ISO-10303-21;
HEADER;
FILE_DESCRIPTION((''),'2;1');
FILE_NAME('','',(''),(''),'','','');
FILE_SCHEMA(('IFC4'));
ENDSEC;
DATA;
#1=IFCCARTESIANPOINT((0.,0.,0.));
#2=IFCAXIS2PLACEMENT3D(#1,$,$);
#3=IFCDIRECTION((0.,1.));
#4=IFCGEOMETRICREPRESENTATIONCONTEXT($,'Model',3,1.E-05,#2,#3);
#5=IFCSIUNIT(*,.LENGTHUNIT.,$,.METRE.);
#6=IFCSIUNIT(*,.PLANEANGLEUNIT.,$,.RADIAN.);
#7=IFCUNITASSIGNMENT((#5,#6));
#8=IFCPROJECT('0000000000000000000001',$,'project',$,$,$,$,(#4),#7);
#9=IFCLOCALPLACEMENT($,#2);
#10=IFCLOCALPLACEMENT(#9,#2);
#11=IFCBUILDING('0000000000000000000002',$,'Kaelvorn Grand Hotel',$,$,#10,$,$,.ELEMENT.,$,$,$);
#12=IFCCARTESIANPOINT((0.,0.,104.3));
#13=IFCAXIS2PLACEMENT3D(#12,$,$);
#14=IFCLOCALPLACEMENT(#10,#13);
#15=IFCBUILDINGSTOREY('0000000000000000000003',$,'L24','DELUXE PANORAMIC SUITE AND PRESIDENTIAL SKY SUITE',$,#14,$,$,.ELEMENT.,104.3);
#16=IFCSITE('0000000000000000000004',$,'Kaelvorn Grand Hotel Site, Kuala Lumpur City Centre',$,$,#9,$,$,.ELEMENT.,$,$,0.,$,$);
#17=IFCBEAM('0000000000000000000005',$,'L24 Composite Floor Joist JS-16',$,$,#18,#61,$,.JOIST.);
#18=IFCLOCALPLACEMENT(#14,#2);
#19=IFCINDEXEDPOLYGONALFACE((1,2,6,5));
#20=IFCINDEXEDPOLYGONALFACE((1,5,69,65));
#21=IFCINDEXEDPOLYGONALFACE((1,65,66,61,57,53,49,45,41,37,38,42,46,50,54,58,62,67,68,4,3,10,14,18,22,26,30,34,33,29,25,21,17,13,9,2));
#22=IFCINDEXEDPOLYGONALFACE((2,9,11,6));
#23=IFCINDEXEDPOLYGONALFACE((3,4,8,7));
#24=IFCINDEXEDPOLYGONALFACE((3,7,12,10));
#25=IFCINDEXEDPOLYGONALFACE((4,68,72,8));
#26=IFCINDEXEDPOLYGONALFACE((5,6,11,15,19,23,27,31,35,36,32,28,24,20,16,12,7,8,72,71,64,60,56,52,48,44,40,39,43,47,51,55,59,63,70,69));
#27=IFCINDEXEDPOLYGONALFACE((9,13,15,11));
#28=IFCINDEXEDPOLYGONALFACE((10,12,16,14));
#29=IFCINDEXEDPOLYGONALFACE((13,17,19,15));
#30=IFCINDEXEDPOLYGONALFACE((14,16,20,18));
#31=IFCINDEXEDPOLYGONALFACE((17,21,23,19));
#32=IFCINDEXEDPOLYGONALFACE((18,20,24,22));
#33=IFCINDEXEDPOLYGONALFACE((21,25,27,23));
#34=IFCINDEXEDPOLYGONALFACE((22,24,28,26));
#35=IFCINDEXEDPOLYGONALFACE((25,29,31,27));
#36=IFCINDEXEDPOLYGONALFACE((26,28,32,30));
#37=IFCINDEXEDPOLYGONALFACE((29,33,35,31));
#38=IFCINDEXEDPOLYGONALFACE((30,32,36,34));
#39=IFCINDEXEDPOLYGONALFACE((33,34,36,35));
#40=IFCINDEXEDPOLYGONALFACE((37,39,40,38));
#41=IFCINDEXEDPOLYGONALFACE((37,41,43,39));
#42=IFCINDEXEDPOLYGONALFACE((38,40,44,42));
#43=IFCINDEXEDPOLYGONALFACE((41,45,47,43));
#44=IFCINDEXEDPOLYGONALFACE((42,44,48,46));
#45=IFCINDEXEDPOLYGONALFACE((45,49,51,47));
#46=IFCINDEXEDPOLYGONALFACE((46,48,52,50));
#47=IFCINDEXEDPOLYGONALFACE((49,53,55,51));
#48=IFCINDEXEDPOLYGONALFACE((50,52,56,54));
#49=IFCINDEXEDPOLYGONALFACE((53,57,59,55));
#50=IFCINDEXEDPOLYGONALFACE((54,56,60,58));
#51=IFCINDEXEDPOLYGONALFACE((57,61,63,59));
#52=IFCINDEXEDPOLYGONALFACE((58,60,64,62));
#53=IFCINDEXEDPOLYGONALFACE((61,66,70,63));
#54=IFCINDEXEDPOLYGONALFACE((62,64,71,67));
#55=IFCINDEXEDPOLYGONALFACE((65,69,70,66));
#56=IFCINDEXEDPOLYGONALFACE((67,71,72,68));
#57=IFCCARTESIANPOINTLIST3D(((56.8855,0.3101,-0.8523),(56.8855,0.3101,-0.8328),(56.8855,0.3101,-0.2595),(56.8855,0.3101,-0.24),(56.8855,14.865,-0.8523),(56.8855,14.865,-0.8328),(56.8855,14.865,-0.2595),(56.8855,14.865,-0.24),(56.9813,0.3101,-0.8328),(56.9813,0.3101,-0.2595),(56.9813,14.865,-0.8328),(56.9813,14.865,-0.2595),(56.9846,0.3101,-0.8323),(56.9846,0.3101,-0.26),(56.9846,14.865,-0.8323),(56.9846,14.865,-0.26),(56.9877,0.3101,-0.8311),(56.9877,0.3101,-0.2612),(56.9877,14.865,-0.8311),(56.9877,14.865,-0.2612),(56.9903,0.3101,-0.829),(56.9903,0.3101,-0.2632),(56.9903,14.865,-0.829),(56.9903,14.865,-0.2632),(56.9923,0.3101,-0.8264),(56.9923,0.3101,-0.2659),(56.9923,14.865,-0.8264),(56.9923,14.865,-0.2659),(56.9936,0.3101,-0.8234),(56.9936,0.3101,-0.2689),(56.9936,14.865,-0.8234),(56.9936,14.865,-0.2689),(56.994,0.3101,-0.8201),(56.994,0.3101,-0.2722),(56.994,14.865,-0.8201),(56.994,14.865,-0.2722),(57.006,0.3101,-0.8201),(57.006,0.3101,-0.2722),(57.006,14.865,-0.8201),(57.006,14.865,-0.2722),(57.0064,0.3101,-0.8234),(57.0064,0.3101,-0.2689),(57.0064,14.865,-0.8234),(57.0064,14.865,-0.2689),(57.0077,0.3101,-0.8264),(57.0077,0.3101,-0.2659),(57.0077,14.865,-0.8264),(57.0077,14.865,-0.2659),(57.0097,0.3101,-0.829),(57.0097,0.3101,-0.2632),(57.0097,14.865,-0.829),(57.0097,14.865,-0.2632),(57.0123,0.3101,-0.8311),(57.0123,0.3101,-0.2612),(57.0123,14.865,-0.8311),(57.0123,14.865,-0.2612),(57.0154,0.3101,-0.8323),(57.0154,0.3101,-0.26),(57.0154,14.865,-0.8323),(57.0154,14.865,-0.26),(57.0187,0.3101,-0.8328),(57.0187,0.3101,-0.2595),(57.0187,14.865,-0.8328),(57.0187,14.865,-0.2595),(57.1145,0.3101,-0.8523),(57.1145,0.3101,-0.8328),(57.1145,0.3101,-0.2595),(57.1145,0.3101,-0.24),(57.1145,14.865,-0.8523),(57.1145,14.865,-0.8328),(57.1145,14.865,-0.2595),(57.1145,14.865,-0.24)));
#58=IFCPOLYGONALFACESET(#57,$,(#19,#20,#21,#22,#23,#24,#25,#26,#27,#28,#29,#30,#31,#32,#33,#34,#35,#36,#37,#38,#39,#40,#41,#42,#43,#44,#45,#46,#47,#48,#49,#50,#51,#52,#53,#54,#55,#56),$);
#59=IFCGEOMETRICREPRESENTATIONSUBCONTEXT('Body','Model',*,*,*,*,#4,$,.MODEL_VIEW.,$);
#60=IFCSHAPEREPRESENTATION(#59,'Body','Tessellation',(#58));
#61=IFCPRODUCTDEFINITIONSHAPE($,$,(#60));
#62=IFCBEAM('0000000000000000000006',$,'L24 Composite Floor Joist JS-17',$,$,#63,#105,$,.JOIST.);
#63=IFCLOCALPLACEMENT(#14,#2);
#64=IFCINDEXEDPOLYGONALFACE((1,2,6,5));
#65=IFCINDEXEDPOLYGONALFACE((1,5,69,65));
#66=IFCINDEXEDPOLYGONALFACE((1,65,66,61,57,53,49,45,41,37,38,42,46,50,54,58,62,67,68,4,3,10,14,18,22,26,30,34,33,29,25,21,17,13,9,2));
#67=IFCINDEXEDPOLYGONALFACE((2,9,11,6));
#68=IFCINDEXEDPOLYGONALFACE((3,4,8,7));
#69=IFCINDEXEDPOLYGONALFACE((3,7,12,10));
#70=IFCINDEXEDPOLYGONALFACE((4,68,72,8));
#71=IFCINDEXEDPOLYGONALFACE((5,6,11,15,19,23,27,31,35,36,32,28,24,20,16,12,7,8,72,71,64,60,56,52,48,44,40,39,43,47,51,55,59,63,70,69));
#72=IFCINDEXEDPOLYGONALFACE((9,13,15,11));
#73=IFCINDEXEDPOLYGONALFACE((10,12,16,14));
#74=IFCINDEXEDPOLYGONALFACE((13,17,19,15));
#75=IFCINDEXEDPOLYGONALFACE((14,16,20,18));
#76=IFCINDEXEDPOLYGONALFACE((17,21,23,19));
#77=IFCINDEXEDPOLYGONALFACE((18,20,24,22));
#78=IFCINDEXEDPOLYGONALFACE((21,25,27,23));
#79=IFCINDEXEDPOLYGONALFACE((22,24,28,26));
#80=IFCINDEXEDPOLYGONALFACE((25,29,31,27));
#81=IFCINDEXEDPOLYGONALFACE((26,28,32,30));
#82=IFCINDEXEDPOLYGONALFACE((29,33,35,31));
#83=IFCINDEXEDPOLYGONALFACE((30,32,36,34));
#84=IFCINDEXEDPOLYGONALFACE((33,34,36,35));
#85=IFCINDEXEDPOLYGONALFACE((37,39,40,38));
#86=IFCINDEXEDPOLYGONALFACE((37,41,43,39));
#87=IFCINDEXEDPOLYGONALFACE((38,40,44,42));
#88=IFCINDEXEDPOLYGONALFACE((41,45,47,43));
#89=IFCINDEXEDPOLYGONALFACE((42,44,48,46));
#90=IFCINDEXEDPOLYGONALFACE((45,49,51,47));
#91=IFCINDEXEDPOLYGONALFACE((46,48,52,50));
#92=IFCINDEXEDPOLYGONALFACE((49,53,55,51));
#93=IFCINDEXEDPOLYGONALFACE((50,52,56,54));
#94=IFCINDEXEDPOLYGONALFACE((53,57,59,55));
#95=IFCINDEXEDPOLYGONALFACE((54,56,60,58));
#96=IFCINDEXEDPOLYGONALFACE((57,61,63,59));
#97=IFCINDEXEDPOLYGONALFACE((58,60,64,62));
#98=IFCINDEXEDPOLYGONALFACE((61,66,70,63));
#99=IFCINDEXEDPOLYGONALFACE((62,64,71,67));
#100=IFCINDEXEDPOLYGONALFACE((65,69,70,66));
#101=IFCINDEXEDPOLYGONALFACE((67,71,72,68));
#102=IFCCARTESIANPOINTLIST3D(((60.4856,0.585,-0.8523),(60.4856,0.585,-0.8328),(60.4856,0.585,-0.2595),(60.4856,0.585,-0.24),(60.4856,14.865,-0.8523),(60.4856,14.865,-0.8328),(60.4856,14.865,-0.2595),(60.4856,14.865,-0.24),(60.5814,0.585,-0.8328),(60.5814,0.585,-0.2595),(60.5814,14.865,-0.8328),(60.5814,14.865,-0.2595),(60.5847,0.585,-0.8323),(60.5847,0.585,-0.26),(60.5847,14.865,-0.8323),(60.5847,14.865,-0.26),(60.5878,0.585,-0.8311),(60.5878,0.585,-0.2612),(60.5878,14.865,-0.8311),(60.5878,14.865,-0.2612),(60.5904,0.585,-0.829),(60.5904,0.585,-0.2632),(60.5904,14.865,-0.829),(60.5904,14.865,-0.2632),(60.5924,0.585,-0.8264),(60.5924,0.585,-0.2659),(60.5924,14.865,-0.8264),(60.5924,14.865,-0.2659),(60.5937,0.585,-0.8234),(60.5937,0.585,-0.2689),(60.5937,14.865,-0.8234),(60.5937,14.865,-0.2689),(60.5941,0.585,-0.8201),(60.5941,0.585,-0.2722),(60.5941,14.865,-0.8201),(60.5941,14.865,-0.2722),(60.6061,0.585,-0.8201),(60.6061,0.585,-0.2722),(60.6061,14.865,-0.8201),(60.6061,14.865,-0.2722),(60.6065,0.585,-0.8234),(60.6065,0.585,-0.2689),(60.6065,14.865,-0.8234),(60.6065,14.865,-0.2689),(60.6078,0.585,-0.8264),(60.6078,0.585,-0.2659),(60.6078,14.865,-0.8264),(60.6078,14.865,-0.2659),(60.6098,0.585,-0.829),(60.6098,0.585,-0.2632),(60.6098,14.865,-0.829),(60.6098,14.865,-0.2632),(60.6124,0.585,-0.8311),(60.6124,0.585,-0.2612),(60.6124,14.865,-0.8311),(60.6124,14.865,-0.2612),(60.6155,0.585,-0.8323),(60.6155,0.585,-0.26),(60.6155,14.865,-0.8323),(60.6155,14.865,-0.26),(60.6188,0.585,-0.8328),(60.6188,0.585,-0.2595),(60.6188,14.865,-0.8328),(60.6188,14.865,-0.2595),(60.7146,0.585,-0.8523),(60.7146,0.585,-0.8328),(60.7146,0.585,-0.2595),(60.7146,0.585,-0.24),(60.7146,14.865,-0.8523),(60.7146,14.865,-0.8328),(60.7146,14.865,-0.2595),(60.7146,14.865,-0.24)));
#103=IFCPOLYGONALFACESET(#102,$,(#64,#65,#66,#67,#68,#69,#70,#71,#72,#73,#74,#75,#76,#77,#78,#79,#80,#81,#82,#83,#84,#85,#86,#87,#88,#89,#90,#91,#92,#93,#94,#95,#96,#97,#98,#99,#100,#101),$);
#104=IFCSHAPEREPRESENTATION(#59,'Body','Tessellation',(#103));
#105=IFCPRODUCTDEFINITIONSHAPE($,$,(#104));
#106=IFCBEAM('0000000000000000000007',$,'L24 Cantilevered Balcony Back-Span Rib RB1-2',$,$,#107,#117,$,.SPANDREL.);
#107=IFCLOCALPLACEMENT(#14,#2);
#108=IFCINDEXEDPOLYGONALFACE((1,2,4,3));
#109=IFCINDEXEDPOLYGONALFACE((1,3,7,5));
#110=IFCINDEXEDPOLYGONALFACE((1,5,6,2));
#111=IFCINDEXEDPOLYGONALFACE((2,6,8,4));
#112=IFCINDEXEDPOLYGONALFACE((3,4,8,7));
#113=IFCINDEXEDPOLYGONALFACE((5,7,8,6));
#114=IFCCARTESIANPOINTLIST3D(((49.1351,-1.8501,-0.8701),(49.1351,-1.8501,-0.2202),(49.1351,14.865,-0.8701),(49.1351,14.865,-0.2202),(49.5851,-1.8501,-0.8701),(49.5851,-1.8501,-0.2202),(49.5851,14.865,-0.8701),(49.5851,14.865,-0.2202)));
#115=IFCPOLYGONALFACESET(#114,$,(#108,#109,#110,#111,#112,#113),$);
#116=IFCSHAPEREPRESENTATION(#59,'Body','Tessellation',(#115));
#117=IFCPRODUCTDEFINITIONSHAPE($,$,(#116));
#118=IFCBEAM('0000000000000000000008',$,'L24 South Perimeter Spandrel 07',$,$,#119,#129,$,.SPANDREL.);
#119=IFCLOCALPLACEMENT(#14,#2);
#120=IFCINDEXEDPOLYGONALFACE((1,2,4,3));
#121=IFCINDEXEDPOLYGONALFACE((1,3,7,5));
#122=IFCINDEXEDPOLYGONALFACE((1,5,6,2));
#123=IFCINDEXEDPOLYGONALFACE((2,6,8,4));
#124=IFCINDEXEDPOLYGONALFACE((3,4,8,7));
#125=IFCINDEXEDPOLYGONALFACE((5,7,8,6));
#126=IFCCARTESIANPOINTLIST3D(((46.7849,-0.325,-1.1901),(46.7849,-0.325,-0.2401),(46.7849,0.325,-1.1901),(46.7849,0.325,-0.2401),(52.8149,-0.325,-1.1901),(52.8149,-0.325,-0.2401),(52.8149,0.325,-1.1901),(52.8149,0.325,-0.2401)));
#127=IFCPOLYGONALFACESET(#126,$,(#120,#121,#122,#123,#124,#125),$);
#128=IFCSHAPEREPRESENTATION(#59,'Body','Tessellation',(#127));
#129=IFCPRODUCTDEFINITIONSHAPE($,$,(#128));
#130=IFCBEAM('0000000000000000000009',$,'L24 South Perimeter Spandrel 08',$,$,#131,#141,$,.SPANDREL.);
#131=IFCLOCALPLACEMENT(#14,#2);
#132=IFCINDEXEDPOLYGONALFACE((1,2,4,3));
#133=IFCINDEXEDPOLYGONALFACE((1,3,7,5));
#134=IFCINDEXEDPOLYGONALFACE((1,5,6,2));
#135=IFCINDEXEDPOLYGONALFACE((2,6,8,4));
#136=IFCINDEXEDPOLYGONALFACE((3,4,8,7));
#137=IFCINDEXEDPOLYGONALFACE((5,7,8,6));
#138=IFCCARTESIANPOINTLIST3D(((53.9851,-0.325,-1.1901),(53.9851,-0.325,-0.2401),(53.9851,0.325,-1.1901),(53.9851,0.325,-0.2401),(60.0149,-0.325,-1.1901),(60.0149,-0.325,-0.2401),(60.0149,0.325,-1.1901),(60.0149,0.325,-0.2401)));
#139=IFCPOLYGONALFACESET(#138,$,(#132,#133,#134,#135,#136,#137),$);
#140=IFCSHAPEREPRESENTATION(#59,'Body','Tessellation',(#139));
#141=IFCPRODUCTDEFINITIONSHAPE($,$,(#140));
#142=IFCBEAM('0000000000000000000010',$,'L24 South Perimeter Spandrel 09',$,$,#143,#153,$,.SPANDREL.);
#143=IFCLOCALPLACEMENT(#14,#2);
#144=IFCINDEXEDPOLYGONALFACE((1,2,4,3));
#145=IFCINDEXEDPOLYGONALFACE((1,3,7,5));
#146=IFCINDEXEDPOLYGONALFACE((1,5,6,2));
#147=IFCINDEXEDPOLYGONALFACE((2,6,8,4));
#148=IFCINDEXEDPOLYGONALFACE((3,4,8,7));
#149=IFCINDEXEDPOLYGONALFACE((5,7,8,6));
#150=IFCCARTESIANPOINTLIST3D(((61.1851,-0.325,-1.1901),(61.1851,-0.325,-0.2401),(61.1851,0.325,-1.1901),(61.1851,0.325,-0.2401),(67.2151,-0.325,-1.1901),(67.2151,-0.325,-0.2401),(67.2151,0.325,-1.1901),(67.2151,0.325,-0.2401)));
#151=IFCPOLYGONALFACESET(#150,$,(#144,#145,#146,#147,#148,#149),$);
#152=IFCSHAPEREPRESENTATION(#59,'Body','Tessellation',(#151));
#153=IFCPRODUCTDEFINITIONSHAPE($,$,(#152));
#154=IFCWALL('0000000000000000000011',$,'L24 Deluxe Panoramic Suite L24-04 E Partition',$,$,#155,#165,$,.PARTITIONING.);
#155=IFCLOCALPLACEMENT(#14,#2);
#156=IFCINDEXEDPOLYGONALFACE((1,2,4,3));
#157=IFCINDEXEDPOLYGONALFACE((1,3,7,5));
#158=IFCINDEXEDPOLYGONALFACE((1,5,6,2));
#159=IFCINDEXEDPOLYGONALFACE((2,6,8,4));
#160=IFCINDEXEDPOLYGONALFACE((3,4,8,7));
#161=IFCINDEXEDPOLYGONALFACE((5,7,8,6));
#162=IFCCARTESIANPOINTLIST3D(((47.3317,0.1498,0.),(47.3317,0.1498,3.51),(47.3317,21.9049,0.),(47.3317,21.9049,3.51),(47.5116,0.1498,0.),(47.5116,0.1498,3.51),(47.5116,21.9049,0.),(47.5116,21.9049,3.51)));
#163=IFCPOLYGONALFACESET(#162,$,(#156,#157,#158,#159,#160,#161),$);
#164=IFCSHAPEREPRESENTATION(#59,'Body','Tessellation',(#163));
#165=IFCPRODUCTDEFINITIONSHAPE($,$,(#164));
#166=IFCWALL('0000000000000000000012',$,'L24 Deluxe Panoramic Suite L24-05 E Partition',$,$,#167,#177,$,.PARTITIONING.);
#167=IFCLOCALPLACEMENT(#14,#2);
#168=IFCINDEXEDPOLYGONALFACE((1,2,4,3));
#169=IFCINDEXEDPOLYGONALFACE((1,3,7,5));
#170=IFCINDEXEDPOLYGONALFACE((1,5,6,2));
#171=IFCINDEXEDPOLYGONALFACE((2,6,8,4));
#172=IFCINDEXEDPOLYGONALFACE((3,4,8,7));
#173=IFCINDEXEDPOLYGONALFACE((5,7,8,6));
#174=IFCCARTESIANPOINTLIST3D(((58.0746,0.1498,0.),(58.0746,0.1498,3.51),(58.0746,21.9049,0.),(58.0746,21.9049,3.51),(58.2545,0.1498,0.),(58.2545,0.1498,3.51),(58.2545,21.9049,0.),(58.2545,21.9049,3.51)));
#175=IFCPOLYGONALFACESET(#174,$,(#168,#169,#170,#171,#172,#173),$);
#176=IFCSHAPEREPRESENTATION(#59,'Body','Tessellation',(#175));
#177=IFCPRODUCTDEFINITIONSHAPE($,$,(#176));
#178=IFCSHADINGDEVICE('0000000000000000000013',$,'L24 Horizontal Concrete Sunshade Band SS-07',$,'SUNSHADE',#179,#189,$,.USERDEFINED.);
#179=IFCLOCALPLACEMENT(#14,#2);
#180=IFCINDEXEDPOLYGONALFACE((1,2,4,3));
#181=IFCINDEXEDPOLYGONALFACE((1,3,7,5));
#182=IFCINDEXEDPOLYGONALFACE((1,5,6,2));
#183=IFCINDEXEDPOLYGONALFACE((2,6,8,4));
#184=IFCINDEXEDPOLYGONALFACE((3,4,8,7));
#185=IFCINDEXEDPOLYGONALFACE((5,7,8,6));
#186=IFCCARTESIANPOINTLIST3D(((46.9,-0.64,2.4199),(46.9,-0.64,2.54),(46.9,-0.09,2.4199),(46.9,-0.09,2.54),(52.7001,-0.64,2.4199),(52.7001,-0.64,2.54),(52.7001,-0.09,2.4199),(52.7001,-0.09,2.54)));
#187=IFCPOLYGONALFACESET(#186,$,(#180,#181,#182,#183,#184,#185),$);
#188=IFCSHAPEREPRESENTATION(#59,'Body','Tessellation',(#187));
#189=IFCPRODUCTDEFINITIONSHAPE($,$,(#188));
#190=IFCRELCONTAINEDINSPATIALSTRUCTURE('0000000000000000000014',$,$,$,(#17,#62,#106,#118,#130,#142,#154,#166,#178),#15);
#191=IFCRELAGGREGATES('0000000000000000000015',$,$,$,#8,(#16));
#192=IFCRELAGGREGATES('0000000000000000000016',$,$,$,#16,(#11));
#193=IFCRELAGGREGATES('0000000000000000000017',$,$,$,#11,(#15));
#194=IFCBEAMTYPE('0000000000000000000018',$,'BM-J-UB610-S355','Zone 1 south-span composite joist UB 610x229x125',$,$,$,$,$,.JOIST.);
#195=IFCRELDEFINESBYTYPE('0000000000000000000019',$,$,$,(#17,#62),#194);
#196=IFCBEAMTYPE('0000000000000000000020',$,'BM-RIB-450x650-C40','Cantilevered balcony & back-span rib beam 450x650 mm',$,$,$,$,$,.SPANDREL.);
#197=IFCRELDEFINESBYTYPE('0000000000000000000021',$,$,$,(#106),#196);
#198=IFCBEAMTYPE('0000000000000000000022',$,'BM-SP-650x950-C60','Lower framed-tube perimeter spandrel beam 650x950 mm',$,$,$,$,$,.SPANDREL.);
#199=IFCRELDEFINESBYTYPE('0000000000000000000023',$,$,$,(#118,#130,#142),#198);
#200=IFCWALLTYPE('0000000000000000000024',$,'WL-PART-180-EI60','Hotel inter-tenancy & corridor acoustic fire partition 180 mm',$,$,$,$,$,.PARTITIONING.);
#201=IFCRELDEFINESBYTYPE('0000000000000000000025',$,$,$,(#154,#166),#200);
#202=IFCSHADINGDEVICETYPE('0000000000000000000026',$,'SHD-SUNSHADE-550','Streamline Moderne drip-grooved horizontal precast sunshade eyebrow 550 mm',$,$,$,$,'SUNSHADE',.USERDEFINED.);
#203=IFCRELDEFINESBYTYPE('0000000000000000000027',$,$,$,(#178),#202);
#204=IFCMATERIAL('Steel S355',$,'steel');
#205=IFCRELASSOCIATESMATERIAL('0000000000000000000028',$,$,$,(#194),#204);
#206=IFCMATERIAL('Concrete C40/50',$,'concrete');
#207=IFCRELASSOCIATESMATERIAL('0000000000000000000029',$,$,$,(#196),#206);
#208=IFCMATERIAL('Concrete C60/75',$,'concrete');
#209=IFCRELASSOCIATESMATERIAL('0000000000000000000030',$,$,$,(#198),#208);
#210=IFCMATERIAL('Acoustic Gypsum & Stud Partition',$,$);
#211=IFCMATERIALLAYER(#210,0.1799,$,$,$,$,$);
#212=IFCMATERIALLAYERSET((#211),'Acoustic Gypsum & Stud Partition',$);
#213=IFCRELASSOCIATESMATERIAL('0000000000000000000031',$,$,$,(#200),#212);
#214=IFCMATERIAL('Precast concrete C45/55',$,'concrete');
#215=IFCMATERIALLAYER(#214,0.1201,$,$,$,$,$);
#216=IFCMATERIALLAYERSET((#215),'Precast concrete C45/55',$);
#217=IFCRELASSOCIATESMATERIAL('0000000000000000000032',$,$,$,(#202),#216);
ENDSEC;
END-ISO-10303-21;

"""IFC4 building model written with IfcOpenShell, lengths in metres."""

from ifc_helpers import new_model, si_unit, direction, frame, frame_2d, origin, origin_2d, place, context, subcontext, project, spatial, rectangle, i_section, extrude, material, layer, layer_set, material_profile, profile_set, type_object, element, save


model = new_model("IFC4")

# Units and contexts
model_context = context("Model", 3, precision=1e-05, world=origin(), true_north=direction((0.0, 1.0)))
body_context = subcontext(model_context, "Body", "Model", "MODEL_VIEW")
ifc_project = project(units=[si_unit("LENGTHUNIT", "METRE"), si_unit("PLANEANGLEUNIT", "RADIAN")], contexts=[model_context])

# Site, building, storey
site_placement = place(None, origin())
site = spatial("IfcSite", under=ifc_project, at=site_placement, Name="Kaelvorn Grand Hotel Site, Kuala Lumpur City Centre", CompositionType="ELEMENT", RefElevation=0.0)
building_placement = place(site_placement, origin())
building = spatial("IfcBuilding", under=site, at=building_placement, Name="Kaelvorn Grand Hotel", CompositionType="ELEMENT")
storey_placement = place(building_placement, frame((0.0, 0.0, 104.3)))
storey = spatial("IfcBuildingStorey", under=building, at=storey_placement, Name="L24", Description="DELUXE PANORAMIC SUITE AND PRESIDENTIAL SKY SUITE", CompositionType="ELEMENT", Elevation=104.3)

# Shared definitions
ifc_material_1 = material(Name="Concrete C60/75", Category="concrete")

# Beams
ifc_material_2 = material(Name="Steel S355", Category="steel")
ifc_material_profile_1 = material_profile(ifc_material_2, i_section(OverallWidth=0.229, OverallDepth=0.6123, WebThickness=0.012, FlangeThickness=0.0195, FilletRadius=0.0127, at=origin_2d()), Name="UB 610x229x125")
ifc_profile_set_1 = profile_set([ifc_material_profile_1], Name="Steel S355")
beam_type_1 = type_object("IfcBeamType", Name="BM-J-UB610-S355", Description="Zone 1 south-span composite joist UB 610x229x125", PredefinedType="JOIST", material=ifc_profile_set_1)
beam_1_placement = place(storey_placement, frame((57.0, 0.3101, -0.5461), z_axis=(0.0, 1.0, 0.0), x_axis=(-1.0, 0.0, 0.0)))
element("IfcBeam", 1, at=beam_1_placement, inside=storey, type_object=beam_type_1, Name="L24 Composite Floor Joist JS-16", PredefinedType="JOIST", context=body_context, shape_type="SweptSolid", body=[
    extrude(i_section(OverallWidth=0.229, OverallDepth=0.6123, WebThickness=0.012, FlangeThickness=0.0195, FilletRadius=0.0127, at=origin_2d()), origin(), (0.0, 0.0, 1.0), 14.5549),
])
beam_2_placement = place(storey_placement, frame((60.6001, 0.585, -0.5461), z_axis=(0.0, 1.0, 0.0), x_axis=(-1.0, 0.0, 0.0)))
element("IfcBeam", 2, at=beam_2_placement, inside=storey, type_object=beam_type_1, Name="L24 Composite Floor Joist JS-17", PredefinedType="JOIST", context=body_context, shape_type="SweptSolid", body=[
    extrude(i_section(OverallWidth=0.229, OverallDepth=0.6123, WebThickness=0.012, FlangeThickness=0.0195, FilletRadius=0.0127, at=origin_2d()), origin(), (0.0, 0.0, 1.0), 14.28),
])
ifc_material_3 = material(Name="Concrete C40/50", Category="concrete")
ifc_material_profile_2 = material_profile(ifc_material_3, rectangle(XDim=0.45, YDim=0.6499, at=origin_2d()), Name="RC RIB 450x650")
ifc_profile_set_2 = profile_set([ifc_material_profile_2], Name="Concrete C40/50")
beam_type_2 = type_object("IfcBeamType", Name="BM-RIB-450x650-C40", Description="Cantilevered balcony & back-span rib beam 450x650 mm", PredefinedType="SPANDREL", material=ifc_profile_set_2)
beam_3_placement = place(storey_placement, frame((49.3601, -1.8501, -0.5452), z_axis=(0.0, 1.0, 0.0), x_axis=(-1.0, 0.0, 0.0)))
element("IfcBeam", 3, at=beam_3_placement, inside=storey, type_object=beam_type_2, Name="L24 Cantilevered Balcony Back-Span Rib RB1-2", PredefinedType="SPANDREL", context=body_context, shape_type="SweptSolid", body=[
    extrude(rectangle(XDim=0.45, YDim=0.6499, at=origin_2d()), origin(), (0.0, 0.0, 1.0), 16.7151),
])
ifc_material_profile_3 = material_profile(ifc_material_1, rectangle(XDim=0.6499, YDim=0.95, at=origin_2d()), Name="RC SPANDREL 650x950")
ifc_profile_set_3 = profile_set([ifc_material_profile_3], Name="Concrete C60/75")
beam_type_3 = type_object("IfcBeamType", Name="BM-SP-650x950-C60", Description="Lower framed-tube perimeter spandrel beam 650x950 mm", PredefinedType="SPANDREL", material=ifc_profile_set_3)
beam_4_placement = place(storey_placement, frame((46.7849, 0.0, -0.7151), z_axis=(1.0, 0.0, 0.0), x_axis=(0.0, 1.0, 0.0)))
element("IfcBeam", 4, at=beam_4_placement, inside=storey, type_object=beam_type_3, Name="L24 South Perimeter Spandrel 07", PredefinedType="SPANDREL", context=body_context, shape_type="SweptSolid", body=[
    extrude(rectangle(XDim=0.6499, YDim=0.95, at=origin_2d()), origin(), (0.0, 0.0, 1.0), 6.03),
])
beam_5_placement = place(storey_placement, frame((53.9851, 0.0, -0.7151), z_axis=(1.0, 0.0, 0.0), x_axis=(0.0, 1.0, 0.0)))
element("IfcBeam", 5, at=beam_5_placement, inside=storey, type_object=beam_type_3, Name="L24 South Perimeter Spandrel 08", PredefinedType="SPANDREL", context=body_context, shape_type="SweptSolid", body=[
    extrude(rectangle(XDim=0.6499, YDim=0.95, at=origin_2d()), origin(), (0.0, 0.0, 1.0), 6.0298),
])
beam_6_placement = place(storey_placement, frame((61.1851, 0.0, -0.7151), z_axis=(1.0, 0.0, 0.0), x_axis=(0.0, 1.0, 0.0)))
element("IfcBeam", 6, at=beam_6_placement, inside=storey, type_object=beam_type_3, Name="L24 South Perimeter Spandrel 09", PredefinedType="SPANDREL", context=body_context, shape_type="SweptSolid", body=[
    extrude(rectangle(XDim=0.6499, YDim=0.95, at=origin_2d()), origin(), (0.0, 0.0, 1.0), 6.03),
])

# Walls
ifc_material_4 = material(Name="Acoustic Gypsum & Stud Partition")
ifc_layer_1 = layer(ifc_material_4, 0.1799)
ifc_layer_set_1 = layer_set([ifc_layer_1], Name="Acoustic Gypsum & Stud Partition")
wall_type = type_object("IfcWallType", Name="WL-PART-180-EI60", Description="Hotel inter-tenancy & corridor acoustic fire partition 180 mm", PredefinedType="PARTITIONING", material=ifc_layer_set_1)
for number, where, z_axis, x_axis, name in (
    (7, (47.4216, 0.1499, 0.0), (0.0, 0.0, 1.0), (0.0, 1.0, 0.0), "L24 Deluxe Panoramic Suite L24-04 E Partition"),
    (8, (58.1646, 0.1499, 0.0), (0.0, 0.0, 1.0), (0.0, 1.0, 0.0), "L24 Deluxe Panoramic Suite L24-05 E Partition"),
):
    element("IfcWall", number, at=place(storey_placement, frame(where, z_axis=z_axis, x_axis=x_axis)), inside=storey, type_object=wall_type, Name=name, PredefinedType="PARTITIONING", context=body_context, shape_type="SweptSolid", body=[
        extrude(rectangle(XDim=21.7551, YDim=0.1799, at=frame_2d((10.8774, 0.0))), origin(), (0.0, 0.0, 1.0), 3.51),
    ])

# Shading device
ifc_material_5 = material(Name="Precast concrete C45/55", Category="concrete")
ifc_layer_2 = layer(ifc_material_5, 0.1201)
ifc_layer_set_2 = layer_set([ifc_layer_2], Name="Precast concrete C45/55")
shading_device_type_1 = type_object("IfcShadingDeviceType", Name="SHD-SUNSHADE-550", Description="Streamline Moderne drip-grooved horizontal precast sunshade eyebrow 550 mm", ElementType="SUNSHADE", PredefinedType="USERDEFINED", material=ifc_layer_set_2)
for number, where, z_axis, x_axis, name in (
    (9, (49.8, -0.365, 2.4199), (0.0, 0.0, 1.0), (1.0, 0.0, 0.0), "L24 Horizontal Concrete Sunshade Band SS-07"),
):
    element("IfcShadingDevice", number, at=place(storey_placement, frame(where, z_axis=z_axis, x_axis=x_axis)), inside=storey, type_object=shading_device_type_1, Name=name, ObjectType="SUNSHADE", PredefinedType="USERDEFINED", context=body_context, shape_type="SweptSolid", body=[
        extrude(rectangle(XDim=5.8, YDim=0.55, at=origin_2d()), origin(), (0.0, 0.0, 1.0), 0.1201),
    ])

save(model, "model.ifc")
